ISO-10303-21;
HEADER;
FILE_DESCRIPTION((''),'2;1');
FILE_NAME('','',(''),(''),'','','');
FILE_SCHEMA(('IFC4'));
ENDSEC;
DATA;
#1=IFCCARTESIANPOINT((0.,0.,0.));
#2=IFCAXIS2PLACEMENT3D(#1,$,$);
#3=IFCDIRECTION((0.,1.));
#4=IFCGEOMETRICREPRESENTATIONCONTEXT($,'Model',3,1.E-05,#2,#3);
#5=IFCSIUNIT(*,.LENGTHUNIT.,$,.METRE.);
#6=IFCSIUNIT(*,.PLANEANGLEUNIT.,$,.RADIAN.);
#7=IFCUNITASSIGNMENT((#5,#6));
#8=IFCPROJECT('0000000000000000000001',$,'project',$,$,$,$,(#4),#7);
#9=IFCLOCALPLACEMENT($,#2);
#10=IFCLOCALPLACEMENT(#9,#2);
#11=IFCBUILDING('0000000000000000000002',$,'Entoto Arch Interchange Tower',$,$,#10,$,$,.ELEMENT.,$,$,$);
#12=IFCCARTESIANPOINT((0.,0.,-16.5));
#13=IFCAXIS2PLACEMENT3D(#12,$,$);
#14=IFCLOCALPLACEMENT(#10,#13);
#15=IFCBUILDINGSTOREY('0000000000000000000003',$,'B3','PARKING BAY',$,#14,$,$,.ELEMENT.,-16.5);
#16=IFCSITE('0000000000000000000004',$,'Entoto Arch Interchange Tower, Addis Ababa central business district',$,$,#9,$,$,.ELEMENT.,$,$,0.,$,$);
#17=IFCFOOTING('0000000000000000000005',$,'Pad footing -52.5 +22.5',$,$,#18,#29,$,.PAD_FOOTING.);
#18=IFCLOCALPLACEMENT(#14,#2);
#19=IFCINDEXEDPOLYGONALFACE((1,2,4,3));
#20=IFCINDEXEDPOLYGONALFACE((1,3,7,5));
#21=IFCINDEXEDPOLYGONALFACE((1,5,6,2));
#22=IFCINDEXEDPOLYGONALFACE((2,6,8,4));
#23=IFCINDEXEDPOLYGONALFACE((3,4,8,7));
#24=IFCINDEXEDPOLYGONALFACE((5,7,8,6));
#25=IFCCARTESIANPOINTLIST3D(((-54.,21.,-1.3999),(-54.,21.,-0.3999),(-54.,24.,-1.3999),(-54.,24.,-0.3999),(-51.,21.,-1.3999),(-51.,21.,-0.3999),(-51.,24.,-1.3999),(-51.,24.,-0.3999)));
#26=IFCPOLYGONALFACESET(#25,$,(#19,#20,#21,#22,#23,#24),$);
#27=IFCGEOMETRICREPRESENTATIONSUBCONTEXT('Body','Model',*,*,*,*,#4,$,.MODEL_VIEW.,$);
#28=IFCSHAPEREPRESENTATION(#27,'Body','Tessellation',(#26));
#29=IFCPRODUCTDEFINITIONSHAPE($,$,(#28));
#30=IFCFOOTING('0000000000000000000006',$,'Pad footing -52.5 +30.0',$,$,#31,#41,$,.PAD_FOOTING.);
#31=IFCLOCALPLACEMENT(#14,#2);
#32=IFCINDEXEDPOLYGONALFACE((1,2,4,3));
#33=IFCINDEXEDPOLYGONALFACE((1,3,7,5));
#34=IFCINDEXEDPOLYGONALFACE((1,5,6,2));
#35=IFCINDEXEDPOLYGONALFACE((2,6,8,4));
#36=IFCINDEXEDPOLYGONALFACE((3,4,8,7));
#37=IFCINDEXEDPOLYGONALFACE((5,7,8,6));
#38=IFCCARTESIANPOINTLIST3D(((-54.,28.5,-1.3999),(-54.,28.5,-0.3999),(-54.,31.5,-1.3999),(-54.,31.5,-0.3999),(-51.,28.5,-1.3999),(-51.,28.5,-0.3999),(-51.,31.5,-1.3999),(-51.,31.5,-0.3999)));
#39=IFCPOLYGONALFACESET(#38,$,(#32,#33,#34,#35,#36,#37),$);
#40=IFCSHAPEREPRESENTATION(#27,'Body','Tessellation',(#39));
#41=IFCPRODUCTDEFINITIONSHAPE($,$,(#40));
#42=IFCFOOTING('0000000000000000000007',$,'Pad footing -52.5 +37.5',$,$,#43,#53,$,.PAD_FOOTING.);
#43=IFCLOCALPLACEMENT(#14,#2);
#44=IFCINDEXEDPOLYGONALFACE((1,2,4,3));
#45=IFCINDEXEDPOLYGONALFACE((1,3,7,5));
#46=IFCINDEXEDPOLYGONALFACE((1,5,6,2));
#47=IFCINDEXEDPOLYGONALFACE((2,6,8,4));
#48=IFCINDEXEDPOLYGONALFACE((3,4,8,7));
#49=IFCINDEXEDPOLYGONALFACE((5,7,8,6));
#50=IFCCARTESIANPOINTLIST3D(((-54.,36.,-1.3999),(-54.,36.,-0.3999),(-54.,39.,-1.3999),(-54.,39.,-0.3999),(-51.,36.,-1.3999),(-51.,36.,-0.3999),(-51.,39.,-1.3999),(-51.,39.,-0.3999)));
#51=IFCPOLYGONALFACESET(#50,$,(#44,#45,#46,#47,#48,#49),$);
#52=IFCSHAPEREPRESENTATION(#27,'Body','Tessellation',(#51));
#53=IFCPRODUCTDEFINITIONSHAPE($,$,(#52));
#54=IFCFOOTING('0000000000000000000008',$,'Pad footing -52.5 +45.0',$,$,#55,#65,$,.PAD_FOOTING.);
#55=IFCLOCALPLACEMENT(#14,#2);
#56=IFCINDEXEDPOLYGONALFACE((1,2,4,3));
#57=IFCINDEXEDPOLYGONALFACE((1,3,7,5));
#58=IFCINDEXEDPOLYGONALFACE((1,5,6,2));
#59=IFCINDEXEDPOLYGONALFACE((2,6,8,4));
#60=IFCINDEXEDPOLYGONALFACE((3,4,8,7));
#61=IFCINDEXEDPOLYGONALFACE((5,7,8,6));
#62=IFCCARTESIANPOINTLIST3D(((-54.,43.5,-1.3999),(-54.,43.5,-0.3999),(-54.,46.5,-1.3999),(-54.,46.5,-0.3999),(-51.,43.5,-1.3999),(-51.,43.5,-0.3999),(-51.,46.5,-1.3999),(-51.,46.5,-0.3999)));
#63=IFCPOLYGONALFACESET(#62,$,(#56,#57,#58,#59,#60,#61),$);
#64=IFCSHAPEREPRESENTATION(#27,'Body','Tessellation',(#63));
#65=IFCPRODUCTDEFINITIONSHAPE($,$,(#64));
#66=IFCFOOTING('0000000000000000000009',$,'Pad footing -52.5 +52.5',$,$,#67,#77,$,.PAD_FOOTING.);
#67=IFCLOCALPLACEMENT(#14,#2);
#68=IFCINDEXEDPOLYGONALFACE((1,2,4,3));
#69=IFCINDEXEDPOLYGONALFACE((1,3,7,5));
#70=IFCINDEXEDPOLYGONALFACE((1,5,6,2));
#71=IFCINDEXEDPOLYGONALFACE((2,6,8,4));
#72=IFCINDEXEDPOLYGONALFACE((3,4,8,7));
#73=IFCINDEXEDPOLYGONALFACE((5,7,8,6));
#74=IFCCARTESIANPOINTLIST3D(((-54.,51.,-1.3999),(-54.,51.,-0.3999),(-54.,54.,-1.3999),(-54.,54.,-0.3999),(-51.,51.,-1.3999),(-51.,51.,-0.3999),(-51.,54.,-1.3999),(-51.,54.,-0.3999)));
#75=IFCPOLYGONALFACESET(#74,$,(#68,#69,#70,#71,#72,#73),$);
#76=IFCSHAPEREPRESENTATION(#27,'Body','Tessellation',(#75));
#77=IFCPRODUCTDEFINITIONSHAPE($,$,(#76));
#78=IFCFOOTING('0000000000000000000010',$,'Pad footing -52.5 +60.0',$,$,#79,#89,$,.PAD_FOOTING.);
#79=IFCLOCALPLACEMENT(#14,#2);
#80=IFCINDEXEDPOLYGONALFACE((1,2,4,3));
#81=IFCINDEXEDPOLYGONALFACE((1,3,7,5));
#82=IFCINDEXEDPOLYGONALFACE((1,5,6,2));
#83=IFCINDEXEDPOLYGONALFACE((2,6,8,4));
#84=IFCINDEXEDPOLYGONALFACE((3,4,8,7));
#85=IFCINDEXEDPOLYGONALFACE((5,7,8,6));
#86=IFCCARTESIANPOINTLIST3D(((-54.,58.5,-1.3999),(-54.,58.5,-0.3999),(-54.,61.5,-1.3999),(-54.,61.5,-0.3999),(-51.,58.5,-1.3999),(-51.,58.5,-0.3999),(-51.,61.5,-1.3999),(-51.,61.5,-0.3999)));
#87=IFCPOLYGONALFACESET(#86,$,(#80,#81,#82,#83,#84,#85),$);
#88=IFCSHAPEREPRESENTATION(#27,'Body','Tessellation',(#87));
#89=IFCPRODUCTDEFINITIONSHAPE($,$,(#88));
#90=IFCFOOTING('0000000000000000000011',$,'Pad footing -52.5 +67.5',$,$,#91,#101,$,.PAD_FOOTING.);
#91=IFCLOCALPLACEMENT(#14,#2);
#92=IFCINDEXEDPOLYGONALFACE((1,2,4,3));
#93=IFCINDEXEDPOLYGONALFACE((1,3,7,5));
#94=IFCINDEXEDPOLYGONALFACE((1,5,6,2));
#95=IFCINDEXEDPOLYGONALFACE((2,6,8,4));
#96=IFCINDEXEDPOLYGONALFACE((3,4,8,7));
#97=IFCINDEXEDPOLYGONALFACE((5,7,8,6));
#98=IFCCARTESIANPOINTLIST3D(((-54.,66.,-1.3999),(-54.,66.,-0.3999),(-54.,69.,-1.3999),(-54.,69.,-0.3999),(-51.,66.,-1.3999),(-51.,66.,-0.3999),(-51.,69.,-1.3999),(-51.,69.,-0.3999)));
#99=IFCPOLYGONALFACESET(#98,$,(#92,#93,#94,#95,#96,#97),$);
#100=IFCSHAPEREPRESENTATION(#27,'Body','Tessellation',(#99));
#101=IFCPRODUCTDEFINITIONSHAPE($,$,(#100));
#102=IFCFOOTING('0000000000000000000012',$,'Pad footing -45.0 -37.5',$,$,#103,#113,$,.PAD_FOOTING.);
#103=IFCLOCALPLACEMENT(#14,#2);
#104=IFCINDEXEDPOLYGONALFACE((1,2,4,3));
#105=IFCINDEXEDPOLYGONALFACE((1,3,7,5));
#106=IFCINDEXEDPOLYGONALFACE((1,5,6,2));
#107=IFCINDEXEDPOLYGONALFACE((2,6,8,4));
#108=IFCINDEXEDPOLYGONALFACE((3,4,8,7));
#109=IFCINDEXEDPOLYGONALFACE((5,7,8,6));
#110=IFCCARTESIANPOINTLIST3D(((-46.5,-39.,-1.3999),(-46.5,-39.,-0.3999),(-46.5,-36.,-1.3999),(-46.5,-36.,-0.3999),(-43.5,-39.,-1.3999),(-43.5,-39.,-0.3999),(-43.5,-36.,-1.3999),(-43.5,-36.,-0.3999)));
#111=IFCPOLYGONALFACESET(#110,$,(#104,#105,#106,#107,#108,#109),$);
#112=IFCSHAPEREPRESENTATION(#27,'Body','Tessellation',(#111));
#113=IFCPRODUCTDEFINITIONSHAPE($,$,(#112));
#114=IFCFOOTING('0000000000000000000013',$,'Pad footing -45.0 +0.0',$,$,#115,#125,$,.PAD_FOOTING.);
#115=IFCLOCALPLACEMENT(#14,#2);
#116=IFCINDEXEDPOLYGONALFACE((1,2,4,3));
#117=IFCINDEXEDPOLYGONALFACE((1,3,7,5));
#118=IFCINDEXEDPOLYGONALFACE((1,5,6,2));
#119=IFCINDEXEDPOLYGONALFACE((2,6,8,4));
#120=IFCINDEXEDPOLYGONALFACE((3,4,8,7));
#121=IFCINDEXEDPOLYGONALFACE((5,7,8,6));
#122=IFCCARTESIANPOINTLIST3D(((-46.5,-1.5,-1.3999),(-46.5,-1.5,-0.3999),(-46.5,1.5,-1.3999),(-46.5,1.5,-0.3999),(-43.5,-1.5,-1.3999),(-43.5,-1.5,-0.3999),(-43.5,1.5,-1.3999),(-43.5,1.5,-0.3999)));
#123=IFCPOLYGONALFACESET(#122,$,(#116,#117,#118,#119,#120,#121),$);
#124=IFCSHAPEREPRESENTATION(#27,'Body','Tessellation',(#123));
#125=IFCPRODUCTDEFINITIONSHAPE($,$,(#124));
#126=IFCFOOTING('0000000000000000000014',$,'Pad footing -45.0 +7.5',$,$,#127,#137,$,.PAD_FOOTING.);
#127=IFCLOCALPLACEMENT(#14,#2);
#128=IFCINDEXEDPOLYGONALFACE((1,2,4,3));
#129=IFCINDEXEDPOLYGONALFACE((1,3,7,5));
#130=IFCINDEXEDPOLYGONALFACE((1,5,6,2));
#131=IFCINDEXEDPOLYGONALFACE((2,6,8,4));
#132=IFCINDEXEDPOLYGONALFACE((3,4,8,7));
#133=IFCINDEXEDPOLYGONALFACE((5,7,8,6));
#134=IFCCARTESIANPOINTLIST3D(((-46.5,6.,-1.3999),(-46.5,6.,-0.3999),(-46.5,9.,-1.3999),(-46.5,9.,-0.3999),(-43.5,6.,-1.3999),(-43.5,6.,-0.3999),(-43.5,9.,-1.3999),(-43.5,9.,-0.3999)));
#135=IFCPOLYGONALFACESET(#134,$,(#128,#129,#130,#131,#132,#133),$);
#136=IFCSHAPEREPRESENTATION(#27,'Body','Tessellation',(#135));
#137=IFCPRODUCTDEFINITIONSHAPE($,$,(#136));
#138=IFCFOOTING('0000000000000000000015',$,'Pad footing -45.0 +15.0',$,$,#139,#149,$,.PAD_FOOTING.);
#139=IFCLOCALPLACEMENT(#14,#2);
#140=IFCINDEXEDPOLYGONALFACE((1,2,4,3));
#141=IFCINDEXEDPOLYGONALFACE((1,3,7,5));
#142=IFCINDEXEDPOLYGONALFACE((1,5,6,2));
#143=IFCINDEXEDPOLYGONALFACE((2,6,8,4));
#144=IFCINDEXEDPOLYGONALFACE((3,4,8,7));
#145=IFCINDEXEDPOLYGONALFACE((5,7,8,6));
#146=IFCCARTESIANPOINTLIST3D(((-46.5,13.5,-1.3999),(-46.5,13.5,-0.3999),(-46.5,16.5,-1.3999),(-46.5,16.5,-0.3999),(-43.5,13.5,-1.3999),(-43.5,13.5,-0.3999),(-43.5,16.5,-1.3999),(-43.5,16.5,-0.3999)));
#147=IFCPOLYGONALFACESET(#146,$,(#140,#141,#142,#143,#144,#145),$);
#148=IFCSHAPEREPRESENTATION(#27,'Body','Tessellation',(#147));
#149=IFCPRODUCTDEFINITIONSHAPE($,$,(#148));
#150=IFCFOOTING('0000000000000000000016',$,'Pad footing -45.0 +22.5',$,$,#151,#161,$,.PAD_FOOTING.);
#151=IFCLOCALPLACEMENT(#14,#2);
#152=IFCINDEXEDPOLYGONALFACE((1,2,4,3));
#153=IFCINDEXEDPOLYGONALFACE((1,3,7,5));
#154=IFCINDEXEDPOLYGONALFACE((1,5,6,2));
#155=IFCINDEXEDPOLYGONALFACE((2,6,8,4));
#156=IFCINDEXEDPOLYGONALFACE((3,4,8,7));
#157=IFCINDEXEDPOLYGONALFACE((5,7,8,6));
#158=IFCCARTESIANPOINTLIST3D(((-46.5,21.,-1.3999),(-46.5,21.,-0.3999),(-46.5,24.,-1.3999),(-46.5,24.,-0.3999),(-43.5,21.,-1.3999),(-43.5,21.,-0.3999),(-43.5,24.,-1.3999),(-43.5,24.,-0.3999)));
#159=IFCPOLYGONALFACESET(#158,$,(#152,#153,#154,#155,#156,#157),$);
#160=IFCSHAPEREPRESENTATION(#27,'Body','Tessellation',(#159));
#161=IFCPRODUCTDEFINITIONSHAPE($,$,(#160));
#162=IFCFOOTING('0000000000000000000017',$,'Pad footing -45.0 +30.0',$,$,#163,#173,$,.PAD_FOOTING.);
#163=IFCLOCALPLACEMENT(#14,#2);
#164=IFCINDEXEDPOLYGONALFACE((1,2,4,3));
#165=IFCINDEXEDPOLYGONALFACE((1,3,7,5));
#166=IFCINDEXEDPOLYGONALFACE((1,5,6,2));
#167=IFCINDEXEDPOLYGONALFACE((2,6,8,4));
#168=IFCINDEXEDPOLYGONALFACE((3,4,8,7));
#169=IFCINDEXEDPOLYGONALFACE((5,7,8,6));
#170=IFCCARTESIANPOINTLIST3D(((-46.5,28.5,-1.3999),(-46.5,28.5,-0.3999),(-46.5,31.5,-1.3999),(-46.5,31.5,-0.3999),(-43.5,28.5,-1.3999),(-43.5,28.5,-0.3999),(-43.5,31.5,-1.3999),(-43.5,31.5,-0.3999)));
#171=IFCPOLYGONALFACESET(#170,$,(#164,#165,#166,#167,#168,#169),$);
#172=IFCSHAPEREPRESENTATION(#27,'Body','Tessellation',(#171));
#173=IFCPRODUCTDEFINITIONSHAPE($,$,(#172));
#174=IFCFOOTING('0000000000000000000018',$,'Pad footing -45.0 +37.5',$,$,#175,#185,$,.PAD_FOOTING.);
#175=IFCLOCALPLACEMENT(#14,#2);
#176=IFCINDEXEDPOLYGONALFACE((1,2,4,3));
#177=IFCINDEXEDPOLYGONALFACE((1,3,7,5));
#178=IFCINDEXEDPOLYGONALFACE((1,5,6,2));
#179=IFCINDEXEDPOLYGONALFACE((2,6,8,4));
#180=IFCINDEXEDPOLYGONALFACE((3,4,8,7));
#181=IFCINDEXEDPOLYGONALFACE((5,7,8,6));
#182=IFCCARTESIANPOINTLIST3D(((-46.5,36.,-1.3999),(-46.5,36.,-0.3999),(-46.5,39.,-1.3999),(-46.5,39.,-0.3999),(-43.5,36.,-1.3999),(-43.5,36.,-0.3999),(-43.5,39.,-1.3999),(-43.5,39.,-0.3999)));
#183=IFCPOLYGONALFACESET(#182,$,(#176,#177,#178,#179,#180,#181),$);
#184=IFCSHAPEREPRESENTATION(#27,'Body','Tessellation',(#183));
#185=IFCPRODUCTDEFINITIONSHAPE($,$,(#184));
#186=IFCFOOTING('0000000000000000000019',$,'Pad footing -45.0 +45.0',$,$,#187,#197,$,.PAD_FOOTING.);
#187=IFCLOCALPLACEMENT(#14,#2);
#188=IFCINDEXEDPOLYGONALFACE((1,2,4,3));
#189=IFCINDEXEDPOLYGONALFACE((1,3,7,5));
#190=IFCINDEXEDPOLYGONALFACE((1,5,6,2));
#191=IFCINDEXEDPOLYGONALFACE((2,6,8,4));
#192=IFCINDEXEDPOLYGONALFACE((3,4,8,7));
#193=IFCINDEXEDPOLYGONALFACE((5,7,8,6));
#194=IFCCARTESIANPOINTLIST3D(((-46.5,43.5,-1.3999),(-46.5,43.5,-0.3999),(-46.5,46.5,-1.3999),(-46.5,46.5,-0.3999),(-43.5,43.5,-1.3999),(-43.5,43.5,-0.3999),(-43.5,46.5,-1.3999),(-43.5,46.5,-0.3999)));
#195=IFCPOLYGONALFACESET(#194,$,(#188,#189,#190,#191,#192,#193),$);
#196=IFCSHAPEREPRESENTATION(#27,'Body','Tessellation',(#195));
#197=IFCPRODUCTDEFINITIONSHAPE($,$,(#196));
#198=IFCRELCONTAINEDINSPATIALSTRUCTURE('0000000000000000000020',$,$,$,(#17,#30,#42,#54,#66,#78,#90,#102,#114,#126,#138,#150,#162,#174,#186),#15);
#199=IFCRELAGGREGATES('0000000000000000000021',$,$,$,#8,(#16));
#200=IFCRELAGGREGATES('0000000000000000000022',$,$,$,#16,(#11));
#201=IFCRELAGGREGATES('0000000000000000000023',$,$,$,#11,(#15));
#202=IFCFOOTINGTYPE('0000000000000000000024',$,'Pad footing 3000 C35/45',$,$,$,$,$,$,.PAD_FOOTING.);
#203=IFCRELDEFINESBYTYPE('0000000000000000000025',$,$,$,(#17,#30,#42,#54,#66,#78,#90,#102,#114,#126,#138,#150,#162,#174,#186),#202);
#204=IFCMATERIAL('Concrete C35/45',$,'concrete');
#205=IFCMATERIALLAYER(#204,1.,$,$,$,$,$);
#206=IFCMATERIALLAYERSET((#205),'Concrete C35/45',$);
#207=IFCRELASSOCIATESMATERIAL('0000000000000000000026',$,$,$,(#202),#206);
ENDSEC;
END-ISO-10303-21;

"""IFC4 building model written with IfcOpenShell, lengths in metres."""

from ifc_helpers import new_model, si_unit, direction, frame, origin, place, context, subcontext, project, spatial, polyline, outline, extrude, material, layer, layer_set, type_object, element, save


model = new_model("IFC4")

# Units and contexts
model_context = context("Model", 3, precision=1e-05, world=origin(), true_north=direction((0.0, 1.0)))
body_context = subcontext(model_context, "Body", "Model", "MODEL_VIEW")
ifc_project = project(units=[si_unit("LENGTHUNIT", "METRE"), si_unit("PLANEANGLEUNIT", "RADIAN")], contexts=[model_context])

# Site, building, storey
site_placement = place(None, origin())
site = spatial("IfcSite", under=ifc_project, at=site_placement, Name="Entoto Arch Interchange Tower, Addis Ababa central business district", CompositionType="ELEMENT", RefElevation=0.0)
building_placement = place(site_placement, origin())
building = spatial("IfcBuilding", under=site, at=building_placement, Name="Entoto Arch Interchange Tower", CompositionType="ELEMENT")
storey_placement = place(building_placement, frame((0.0, 0.0, -16.5)))
storey = spatial("IfcBuildingStorey", under=building, at=storey_placement, Name="B3", Description="PARKING BAY", CompositionType="ELEMENT", Elevation=-16.5)

# Footings
ifc_material_1 = material(Name="Concrete C35/45", Category="concrete")
ifc_layer_1 = layer(ifc_material_1, 1.0)
ifc_layer_set_1 = layer_set([ifc_layer_1], Name="Concrete C35/45")
footing_type = type_object("IfcFootingType", Name="Pad footing 3000 C35/45", PredefinedType="PAD_FOOTING", material=ifc_layer_set_1)
footing_1_placement = place(storey_placement, frame((0.0, 0.0, -1.3999)))
element("IfcFooting", 1, at=footing_1_placement, inside=storey, type_object=footing_type, Name="Pad footing -52.5 +22.5", PredefinedType="PAD_FOOTING", context=body_context, shape_type="SweptSolid", body=[
    extrude(outline(polyline([(-51.0, 21.0), (-51.0, 24.0), (-54.0, 24.0), (-54.0, 21.0), (-51.0, 21.0)])), origin(), (0.0, 0.0, 1.0), 1.0),
])
footing_2_placement = place(storey_placement, frame((0.0, 0.0, -1.3999)))
element("IfcFooting", 2, at=footing_2_placement, inside=storey, type_object=footing_type, Name="Pad footing -52.5 +30.0", PredefinedType="PAD_FOOTING", context=body_context, shape_type="SweptSolid", body=[
    extrude(outline(polyline([(-51.0, 28.5), (-51.0, 31.5), (-54.0, 31.5), (-54.0, 28.5), (-51.0, 28.5)])), origin(), (0.0, 0.0, 1.0), 1.0),
])
footing_3_placement = place(storey_placement, frame((0.0, 0.0, -1.3999)))
element("IfcFooting", 3, at=footing_3_placement, inside=storey, type_object=footing_type, Name="Pad footing -52.5 +37.5", PredefinedType="PAD_FOOTING", context=body_context, shape_type="SweptSolid", body=[
    extrude(outline(polyline([(-51.0, 36.0), (-51.0, 39.0), (-54.0, 39.0), (-54.0, 36.0), (-51.0, 36.0)])), origin(), (0.0, 0.0, 1.0), 1.0),
])
footing_4_placement = place(storey_placement, frame((0.0, 0.0, -1.3999)))
element("IfcFooting", 4, at=footing_4_placement, inside=storey, type_object=footing_type, Name="Pad footing -52.5 +45.0", PredefinedType="PAD_FOOTING", context=body_context, shape_type="SweptSolid", body=[
    extrude(outline(polyline([(-51.0, 43.5), (-51.0, 46.5), (-54.0, 46.5), (-54.0, 43.5), (-51.0, 43.5)])), origin(), (0.0, 0.0, 1.0), 1.0),
])
footing_5_placement = place(storey_placement, frame((0.0, 0.0, -1.3999)))
element("IfcFooting", 5, at=footing_5_placement, inside=storey, type_object=footing_type, Name="Pad footing -52.5 +52.5", PredefinedType="PAD_FOOTING", context=body_context, shape_type="SweptSolid", body=[
    extrude(outline(polyline([(-51.0, 51.0), (-51.0, 54.0), (-54.0, 54.0), (-54.0, 51.0), (-51.0, 51.0)])), origin(), (0.0, 0.0, 1.0), 1.0),
])
footing_6_placement = place(storey_placement, frame((0.0, 0.0, -1.3999)))
element("IfcFooting", 6, at=footing_6_placement, inside=storey, type_object=footing_type, Name="Pad footing -52.5 +60.0", PredefinedType="PAD_FOOTING", context=body_context, shape_type="SweptSolid", body=[
    extrude(outline(polyline([(-51.0, 58.5), (-51.0, 61.5), (-54.0, 61.5), (-54.0, 58.5), (-51.0, 58.5)])), origin(), (0.0, 0.0, 1.0), 1.0),
])
footing_7_placement = place(storey_placement, frame((0.0, 0.0, -1.3999)))
element("IfcFooting", 7, at=footing_7_placement, inside=storey, type_object=footing_type, Name="Pad footing -52.5 +67.5", PredefinedType="PAD_FOOTING", context=body_context, shape_type="SweptSolid", body=[
    extrude(outline(polyline([(-51.0, 66.0), (-51.0, 69.0), (-54.0, 69.0), (-54.0, 66.0), (-51.0, 66.0)])), origin(), (0.0, 0.0, 1.0), 1.0),
])
footing_8_placement = place(storey_placement, frame((0.0, 0.0, -1.3999)))
element("IfcFooting", 8, at=footing_8_placement, inside=storey, type_object=footing_type, Name="Pad footing -45.0 -37.5", PredefinedType="PAD_FOOTING", context=body_context, shape_type="SweptSolid", body=[
    extrude(outline(polyline([(-43.5, -39.0), (-43.5, -36.0), (-46.5, -36.0), (-46.5, -39.0), (-43.5, -39.0)])), origin(), (0.0, 0.0, 1.0), 1.0),
])
footing_9_placement = place(storey_placement, frame((0.0, 0.0, -1.3999)))
element("IfcFooting", 9, at=footing_9_placement, inside=storey, type_object=footing_type, Name="Pad footing -45.0 +0.0", PredefinedType="PAD_FOOTING", context=body_context, shape_type="SweptSolid", body=[
    extrude(outline(polyline([(-43.5, -1.5), (-43.5, 1.5), (-46.5, 1.5), (-46.5, -1.5), (-43.5, -1.5)])), origin(), (0.0, 0.0, 1.0), 1.0),
])
footing_10_placement = place(storey_placement, frame((0.0, 0.0, -1.3999)))
element("IfcFooting", 10, at=footing_10_placement, inside=storey, type_object=footing_type, Name="Pad footing -45.0 +7.5", PredefinedType="PAD_FOOTING", context=body_context, shape_type="SweptSolid", body=[
    extrude(outline(polyline([(-43.5, 6.0), (-43.5, 9.0), (-46.5, 9.0), (-46.5, 6.0), (-43.5, 6.0)])), origin(), (0.0, 0.0, 1.0), 1.0),
])
footing_11_placement = place(storey_placement, frame((0.0, 0.0, -1.3999)))
element("IfcFooting", 11, at=footing_11_placement, inside=storey, type_object=footing_type, Name="Pad footing -45.0 +15.0", PredefinedType="PAD_FOOTING", context=body_context, shape_type="SweptSolid", body=[
    extrude(outline(polyline([(-43.5, 13.5), (-43.5, 16.5), (-46.5, 16.5), (-46.5, 13.5), (-43.5, 13.5)])), origin(), (0.0, 0.0, 1.0), 1.0),
])
footing_12_placement = place(storey_placement, frame((0.0, 0.0, -1.3999)))
element("IfcFooting", 12, at=footing_12_placement, inside=storey, type_object=footing_type, Name="Pad footing -45.0 +22.5", PredefinedType="PAD_FOOTING", context=body_context, shape_type="SweptSolid", body=[
    extrude(outline(polyline([(-43.5, 21.0), (-43.5, 24.0), (-46.5, 24.0), (-46.5, 21.0), (-43.5, 21.0)])), origin(), (0.0, 0.0, 1.0), 1.0),
])
footing_13_placement = place(storey_placement, frame((0.0, 0.0, -1.3999)))
element("IfcFooting", 13, at=footing_13_placement, inside=storey, type_object=footing_type, Name="Pad footing -45.0 +30.0", PredefinedType="PAD_FOOTING", context=body_context, shape_type="SweptSolid", body=[
    extrude(outline(polyline([(-43.5, 28.5), (-43.5, 31.5), (-46.5, 31.5), (-46.5, 28.5), (-43.5, 28.5)])), origin(), (0.0, 0.0, 1.0), 1.0),
])
footing_14_placement = place(storey_placement, frame((0.0, 0.0, -1.3999)))
element("IfcFooting", 14, at=footing_14_placement, inside=storey, type_object=footing_type, Name="Pad footing -45.0 +37.5", PredefinedType="PAD_FOOTING", context=body_context, shape_type="SweptSolid", body=[
    extrude(outline(polyline([(-43.5, 36.0), (-43.5, 39.0), (-46.5, 39.0), (-46.5, 36.0), (-43.5, 36.0)])), origin(), (0.0, 0.0, 1.0), 1.0),
])
footing_15_placement = place(storey_placement, frame((0.0, 0.0, -1.3999)))
element("IfcFooting", 15, at=footing_15_placement, inside=storey, type_object=footing_type, Name="Pad footing -45.0 +45.0", PredefinedType="PAD_FOOTING", context=body_context, shape_type="SweptSolid", body=[
    extrude(outline(polyline([(-43.5, 43.5), (-43.5, 46.5), (-46.5, 46.5), (-46.5, 43.5), (-43.5, 43.5)])), origin(), (0.0, 0.0, 1.0), 1.0),
])

save(model, "model.ifc")
